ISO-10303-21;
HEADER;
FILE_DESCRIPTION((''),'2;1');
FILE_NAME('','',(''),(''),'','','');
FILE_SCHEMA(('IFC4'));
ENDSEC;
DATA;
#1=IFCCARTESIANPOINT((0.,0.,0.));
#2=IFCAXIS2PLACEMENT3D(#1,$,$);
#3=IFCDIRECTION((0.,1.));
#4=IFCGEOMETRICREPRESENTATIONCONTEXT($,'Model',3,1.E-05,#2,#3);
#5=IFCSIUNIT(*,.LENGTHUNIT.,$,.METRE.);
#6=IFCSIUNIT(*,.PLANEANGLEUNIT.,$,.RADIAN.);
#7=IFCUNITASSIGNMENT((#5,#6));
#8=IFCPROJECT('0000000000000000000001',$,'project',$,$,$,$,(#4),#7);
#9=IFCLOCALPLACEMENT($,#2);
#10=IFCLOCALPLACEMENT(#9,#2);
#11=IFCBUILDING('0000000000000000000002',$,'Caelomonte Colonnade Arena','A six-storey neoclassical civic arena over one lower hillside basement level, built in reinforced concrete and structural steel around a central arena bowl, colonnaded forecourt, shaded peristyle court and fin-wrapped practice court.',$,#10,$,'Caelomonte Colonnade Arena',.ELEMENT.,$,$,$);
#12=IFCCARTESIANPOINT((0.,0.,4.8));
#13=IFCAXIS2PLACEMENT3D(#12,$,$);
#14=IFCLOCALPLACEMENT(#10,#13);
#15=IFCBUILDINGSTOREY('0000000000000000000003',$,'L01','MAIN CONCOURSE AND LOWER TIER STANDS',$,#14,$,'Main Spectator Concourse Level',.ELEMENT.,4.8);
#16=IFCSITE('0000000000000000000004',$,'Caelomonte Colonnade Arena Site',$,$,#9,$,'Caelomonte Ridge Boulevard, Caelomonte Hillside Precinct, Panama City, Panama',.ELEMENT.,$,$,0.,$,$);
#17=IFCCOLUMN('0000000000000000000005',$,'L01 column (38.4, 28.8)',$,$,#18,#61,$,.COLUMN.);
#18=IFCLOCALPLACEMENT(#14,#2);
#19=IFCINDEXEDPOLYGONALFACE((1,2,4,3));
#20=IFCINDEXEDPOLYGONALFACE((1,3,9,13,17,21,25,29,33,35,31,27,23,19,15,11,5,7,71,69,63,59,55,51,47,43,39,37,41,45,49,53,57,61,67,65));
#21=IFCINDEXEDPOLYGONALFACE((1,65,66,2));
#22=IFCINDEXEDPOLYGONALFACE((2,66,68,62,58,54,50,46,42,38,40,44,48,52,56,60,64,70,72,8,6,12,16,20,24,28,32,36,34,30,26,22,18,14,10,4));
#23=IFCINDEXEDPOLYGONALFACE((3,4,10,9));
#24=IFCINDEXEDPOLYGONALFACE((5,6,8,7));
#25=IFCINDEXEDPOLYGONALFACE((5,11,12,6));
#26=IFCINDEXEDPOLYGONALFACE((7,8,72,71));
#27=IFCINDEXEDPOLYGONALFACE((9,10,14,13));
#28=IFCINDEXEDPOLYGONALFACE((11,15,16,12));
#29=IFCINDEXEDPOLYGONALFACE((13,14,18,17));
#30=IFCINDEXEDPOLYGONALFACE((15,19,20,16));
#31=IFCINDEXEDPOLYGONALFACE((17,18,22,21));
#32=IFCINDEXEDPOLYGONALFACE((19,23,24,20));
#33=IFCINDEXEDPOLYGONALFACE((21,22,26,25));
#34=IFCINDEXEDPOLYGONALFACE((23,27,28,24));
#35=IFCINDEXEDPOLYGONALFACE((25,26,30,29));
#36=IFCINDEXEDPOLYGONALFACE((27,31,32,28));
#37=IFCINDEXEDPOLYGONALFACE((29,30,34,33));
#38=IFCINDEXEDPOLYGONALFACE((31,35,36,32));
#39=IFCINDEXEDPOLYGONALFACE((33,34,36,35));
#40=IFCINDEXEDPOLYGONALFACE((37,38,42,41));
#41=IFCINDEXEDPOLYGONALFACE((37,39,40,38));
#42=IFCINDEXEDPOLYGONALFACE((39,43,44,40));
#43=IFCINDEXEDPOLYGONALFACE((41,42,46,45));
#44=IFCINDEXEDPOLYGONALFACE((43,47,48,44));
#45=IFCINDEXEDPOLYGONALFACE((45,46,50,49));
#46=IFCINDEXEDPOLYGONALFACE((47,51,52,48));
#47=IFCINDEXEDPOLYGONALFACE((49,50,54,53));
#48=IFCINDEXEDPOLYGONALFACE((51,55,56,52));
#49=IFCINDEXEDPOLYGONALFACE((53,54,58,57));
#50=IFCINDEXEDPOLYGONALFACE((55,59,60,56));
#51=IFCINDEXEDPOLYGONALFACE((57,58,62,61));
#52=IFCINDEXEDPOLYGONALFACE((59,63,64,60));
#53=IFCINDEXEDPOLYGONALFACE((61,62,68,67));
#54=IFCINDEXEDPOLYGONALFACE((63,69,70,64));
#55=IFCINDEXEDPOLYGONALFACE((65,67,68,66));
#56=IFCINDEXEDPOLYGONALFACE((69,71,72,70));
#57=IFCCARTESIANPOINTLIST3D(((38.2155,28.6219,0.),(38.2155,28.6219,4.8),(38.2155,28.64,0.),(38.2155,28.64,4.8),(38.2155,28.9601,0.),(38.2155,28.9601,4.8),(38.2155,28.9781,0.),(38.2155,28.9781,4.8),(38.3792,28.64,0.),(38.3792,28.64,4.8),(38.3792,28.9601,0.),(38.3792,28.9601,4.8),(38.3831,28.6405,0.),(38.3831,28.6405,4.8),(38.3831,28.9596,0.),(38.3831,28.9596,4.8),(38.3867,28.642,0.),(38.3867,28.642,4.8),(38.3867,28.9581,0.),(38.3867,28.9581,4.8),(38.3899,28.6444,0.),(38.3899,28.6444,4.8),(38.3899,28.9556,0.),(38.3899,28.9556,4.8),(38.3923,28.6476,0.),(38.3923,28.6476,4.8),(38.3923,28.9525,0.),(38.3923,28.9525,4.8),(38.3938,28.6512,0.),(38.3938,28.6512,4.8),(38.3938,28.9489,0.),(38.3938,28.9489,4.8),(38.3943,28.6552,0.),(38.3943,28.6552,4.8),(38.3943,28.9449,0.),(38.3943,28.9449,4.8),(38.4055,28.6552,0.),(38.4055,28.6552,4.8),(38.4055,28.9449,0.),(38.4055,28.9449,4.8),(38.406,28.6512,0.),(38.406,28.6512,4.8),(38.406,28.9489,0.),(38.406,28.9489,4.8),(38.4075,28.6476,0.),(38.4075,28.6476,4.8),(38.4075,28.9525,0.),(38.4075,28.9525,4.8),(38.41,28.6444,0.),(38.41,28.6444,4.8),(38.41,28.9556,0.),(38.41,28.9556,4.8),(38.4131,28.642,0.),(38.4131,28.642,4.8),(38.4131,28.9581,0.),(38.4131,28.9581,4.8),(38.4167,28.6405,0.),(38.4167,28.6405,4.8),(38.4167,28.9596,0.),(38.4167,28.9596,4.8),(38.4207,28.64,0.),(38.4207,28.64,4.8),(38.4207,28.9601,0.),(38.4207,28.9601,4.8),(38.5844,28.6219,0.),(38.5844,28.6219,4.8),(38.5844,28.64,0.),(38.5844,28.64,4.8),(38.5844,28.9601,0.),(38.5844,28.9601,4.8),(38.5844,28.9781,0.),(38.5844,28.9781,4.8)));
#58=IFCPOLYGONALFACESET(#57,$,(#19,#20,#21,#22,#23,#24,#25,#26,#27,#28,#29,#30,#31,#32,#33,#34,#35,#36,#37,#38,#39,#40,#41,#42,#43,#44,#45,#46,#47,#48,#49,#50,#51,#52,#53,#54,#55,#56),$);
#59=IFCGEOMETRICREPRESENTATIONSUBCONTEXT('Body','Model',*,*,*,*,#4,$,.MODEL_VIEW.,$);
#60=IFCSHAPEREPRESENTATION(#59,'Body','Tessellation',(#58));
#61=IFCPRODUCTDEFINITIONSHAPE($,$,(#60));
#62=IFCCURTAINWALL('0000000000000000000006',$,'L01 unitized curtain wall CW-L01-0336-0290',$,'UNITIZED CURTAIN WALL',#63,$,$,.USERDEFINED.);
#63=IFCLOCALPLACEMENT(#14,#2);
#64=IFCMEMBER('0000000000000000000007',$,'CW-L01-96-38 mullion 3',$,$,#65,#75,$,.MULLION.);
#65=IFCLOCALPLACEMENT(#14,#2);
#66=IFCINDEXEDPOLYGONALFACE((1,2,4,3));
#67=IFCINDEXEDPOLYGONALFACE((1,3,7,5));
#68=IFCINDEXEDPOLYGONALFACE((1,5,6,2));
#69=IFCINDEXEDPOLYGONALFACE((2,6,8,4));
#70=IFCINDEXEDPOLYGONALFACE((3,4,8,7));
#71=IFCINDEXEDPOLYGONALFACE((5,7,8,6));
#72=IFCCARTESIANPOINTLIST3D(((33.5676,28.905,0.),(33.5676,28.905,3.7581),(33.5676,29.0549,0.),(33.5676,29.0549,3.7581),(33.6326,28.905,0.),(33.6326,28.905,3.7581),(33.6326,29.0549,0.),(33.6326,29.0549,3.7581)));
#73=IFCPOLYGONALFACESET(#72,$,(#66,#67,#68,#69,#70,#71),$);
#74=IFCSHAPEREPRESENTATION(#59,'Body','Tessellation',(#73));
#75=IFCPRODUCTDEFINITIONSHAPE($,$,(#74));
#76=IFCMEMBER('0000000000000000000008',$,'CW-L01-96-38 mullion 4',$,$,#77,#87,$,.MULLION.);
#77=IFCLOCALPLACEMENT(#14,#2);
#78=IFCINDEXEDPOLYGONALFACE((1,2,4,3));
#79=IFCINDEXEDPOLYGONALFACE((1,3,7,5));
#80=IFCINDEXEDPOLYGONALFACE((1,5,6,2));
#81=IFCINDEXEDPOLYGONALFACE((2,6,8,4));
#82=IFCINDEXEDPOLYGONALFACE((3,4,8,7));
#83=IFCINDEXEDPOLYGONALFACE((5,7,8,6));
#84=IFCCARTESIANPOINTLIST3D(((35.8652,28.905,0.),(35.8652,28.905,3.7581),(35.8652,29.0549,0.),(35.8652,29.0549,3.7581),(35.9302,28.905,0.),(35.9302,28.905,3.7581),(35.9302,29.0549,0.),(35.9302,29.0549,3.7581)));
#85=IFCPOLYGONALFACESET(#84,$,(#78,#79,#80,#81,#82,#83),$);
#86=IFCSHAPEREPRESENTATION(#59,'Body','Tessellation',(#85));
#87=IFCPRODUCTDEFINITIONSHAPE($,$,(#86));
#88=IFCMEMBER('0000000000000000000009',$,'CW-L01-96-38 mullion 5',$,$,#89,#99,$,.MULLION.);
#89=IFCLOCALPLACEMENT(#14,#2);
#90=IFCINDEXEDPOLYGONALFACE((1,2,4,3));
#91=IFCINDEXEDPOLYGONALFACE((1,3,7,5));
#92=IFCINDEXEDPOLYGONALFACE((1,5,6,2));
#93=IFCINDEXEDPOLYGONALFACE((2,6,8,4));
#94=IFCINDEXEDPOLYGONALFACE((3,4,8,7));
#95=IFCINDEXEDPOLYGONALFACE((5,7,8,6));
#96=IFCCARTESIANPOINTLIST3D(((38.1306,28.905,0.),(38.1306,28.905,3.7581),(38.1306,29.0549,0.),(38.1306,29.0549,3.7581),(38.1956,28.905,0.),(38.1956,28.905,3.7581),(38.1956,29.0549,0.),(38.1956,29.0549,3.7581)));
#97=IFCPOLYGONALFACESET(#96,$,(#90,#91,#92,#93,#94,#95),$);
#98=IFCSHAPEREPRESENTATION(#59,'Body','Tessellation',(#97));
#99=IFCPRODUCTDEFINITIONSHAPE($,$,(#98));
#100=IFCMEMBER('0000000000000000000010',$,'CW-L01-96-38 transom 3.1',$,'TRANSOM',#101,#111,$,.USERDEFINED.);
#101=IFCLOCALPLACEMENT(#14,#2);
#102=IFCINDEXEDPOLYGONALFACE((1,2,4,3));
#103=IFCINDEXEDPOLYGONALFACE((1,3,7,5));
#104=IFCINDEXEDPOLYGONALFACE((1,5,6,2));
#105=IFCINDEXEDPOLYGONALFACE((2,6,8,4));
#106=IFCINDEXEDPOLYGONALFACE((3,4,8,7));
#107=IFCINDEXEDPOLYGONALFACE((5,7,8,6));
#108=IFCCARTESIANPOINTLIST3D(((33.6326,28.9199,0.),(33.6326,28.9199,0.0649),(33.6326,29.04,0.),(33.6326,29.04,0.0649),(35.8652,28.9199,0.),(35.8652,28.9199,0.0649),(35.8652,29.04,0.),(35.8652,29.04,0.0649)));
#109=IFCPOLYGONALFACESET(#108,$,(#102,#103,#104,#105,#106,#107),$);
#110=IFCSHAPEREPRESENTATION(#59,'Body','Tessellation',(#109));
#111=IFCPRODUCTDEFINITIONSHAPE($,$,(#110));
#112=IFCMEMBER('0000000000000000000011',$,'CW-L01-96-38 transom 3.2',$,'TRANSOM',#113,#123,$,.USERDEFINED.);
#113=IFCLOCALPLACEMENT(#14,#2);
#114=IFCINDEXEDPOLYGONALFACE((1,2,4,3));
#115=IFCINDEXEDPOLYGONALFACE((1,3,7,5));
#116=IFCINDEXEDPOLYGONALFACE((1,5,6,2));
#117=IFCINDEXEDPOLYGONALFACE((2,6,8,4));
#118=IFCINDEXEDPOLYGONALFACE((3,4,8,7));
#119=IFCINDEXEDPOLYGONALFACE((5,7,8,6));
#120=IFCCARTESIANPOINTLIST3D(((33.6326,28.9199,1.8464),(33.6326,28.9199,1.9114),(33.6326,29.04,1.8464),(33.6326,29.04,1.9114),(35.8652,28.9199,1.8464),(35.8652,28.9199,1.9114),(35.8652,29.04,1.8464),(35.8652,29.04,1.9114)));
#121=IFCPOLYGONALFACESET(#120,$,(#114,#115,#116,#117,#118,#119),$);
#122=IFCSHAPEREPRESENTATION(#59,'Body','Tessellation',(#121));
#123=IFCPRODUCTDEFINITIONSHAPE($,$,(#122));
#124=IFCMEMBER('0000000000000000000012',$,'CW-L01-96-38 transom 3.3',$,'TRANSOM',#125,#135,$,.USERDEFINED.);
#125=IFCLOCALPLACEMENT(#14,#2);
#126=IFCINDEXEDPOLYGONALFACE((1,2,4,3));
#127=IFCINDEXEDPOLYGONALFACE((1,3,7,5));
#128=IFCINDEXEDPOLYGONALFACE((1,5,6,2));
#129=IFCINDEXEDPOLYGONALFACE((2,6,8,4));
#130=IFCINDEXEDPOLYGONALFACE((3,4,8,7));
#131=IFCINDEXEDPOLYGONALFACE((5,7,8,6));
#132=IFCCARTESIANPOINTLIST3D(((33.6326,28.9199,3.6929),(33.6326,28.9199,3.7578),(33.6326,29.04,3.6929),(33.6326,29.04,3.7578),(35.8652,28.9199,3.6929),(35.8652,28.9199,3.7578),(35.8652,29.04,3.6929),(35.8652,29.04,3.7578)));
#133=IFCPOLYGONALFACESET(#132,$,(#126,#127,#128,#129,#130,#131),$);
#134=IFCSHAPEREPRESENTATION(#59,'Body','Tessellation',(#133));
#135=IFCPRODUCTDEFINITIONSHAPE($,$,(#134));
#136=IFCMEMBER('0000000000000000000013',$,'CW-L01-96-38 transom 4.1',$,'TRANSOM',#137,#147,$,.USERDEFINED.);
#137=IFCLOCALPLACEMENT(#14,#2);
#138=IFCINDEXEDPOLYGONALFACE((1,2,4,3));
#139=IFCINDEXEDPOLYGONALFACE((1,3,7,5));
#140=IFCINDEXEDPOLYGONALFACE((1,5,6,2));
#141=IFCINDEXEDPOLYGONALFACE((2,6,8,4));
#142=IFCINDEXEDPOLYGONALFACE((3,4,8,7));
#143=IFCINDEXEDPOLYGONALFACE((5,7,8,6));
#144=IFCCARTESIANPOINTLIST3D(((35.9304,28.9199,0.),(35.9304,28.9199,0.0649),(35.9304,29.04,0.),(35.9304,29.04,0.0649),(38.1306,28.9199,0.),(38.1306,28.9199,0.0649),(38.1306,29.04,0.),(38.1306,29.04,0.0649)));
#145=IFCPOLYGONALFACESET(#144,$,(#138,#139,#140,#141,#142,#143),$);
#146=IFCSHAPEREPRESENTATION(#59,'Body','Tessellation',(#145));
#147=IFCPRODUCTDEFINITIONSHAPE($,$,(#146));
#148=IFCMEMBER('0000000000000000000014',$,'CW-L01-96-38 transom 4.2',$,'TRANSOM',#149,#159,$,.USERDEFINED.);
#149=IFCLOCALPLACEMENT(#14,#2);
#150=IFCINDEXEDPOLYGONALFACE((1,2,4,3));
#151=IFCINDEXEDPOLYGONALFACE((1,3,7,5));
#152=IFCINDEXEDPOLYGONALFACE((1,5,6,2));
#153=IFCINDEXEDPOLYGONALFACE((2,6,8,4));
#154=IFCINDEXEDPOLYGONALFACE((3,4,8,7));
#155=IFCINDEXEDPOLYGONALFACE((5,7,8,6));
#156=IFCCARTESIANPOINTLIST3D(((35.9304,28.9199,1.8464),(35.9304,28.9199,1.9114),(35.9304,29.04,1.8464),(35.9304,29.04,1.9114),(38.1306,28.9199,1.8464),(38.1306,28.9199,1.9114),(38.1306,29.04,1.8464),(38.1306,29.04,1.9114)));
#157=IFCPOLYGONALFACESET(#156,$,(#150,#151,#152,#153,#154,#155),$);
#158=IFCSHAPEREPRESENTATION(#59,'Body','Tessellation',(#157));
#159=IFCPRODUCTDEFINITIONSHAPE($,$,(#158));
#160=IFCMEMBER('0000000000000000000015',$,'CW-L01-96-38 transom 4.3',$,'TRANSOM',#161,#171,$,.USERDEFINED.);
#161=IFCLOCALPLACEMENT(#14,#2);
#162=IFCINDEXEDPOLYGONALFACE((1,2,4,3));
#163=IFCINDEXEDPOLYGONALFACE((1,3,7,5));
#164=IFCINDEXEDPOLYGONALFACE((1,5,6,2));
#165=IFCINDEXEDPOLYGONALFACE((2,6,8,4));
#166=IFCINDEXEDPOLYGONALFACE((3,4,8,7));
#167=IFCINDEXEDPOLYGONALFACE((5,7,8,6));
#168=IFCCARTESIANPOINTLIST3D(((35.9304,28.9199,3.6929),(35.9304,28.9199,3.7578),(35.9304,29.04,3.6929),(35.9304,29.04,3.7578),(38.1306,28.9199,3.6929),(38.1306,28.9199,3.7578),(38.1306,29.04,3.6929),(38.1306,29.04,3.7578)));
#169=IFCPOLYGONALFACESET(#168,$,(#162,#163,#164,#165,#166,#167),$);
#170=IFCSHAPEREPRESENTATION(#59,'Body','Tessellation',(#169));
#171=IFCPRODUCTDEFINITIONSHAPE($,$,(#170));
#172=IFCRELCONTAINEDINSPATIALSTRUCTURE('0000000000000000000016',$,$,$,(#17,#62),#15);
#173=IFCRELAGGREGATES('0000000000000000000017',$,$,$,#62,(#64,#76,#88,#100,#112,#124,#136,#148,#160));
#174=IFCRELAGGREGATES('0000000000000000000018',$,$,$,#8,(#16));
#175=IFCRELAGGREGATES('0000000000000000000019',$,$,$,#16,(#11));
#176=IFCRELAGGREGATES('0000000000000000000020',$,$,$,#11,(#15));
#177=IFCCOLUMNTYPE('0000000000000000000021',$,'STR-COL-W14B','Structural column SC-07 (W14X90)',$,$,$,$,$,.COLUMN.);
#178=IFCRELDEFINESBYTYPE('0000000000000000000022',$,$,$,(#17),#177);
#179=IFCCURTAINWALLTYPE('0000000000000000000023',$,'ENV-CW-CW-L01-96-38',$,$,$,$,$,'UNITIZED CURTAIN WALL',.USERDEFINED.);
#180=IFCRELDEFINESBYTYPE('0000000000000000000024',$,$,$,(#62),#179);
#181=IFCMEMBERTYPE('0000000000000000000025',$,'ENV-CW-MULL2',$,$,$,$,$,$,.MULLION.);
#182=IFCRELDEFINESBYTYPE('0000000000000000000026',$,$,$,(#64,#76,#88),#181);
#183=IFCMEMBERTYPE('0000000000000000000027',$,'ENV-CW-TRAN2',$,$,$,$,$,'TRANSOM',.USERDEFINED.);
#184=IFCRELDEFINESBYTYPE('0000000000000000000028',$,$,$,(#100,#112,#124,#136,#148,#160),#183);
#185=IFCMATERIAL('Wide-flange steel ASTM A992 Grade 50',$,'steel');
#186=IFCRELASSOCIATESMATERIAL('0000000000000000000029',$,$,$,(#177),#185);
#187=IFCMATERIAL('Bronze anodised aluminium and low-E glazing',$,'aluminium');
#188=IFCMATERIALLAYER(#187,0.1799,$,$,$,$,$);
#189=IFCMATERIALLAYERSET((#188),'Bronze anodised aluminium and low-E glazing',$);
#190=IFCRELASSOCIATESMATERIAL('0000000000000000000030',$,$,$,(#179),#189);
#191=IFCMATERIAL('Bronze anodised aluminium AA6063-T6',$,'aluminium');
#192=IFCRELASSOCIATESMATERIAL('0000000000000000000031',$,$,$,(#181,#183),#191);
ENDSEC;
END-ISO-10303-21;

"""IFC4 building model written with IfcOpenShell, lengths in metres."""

from ifc_helpers import new_model, si_unit, direction, frame, origin, origin_2d, place, context, subcontext, project, spatial, rectangle, i_section, extrude, material, layer, layer_set, material_profile, profile_set, type_object, element, aggregate, save


model = new_model("IFC4")

# Units and contexts
model_context = context("Model", 3, precision=1e-05, world=origin(), true_north=direction((0.0, 1.0)))
body_context = subcontext(model_context, "Body", "Model", "MODEL_VIEW")
ifc_project = project(units=[si_unit("LENGTHUNIT", "METRE"), si_unit("PLANEANGLEUNIT", "RADIAN")], contexts=[model_context])

# Site, building, storey
site_placement = place(None, origin())
site = spatial("IfcSite", under=ifc_project, at=site_placement, Name="Caelomonte Colonnade Arena Site", LongName="Caelomonte Ridge Boulevard, Caelomonte Hillside Precinct, Panama City, Panama", CompositionType="ELEMENT", RefElevation=0.0)
building_placement = place(site_placement, origin())
building = spatial("IfcBuilding", under=site, at=building_placement, Name="Caelomonte Colonnade Arena", Description="A six-storey neoclassical civic arena over one lower hillside basement level, built in reinforced concrete and structural steel around a central arena bowl, colonnaded forecourt, shaded peristyle court and fin-wrapped practice court.", LongName="Caelomonte Colonnade Arena", CompositionType="ELEMENT")
storey_placement = place(building_placement, frame((0.0, 0.0, 4.8)))
storey = spatial("IfcBuildingStorey", under=building, at=storey_placement, Name="L01", Description="MAIN CONCOURSE AND LOWER TIER STANDS", LongName="Main Spectator Concourse Level", CompositionType="ELEMENT", Elevation=4.8)

# Column
ifc_material_1 = material(Name="Wide-flange steel ASTM A992 Grade 50", Category="steel")
ifc_material_profile_1 = material_profile(ifc_material_1, i_section(OverallWidth=0.3689, OverallDepth=0.3562, WebThickness=0.0112, FlangeThickness=0.0181, FilletRadius=0.0151, at=origin_2d()), Name="W14X90")
ifc_profile_set_1 = profile_set([ifc_material_profile_1], Name="Wide-flange steel ASTM A992 Grade 50")
column_type = type_object("IfcColumnType", Name="STR-COL-W14B", Description="Structural column SC-07 (W14X90)", PredefinedType="COLUMN", material=ifc_profile_set_1)
column_placement = place(storey_placement, frame((38.3999, 28.8, 0.0), z_axis=(0.0, 0.0, 1.0), x_axis=(1.0, 0.0, 0.0)))
element("IfcColumn", 1, at=column_placement, inside=storey, type_object=column_type, Name="L01 column (38.4, 28.8)", PredefinedType="COLUMN", context=body_context, shape_type="SweptSolid", body=[
    extrude(i_section(OverallWidth=0.3689, OverallDepth=0.3562, WebThickness=0.0112, FlangeThickness=0.0181, FilletRadius=0.0151, at=origin_2d()), origin(), (0.0, 0.0, 1.0), 4.8),
])

# Curtain wall, members
ifc_material_2 = material(Name="Bronze anodised aluminium and low-E glazing", Category="aluminium")
ifc_layer_1 = layer(ifc_material_2, 0.1799)
ifc_layer_set_1 = layer_set([ifc_layer_1], Name="Bronze anodised aluminium and low-E glazing")
curtain_wall_type = type_object("IfcCurtainWallType", Name="ENV-CW-CW-L01-96-38", ElementType="UNITIZED CURTAIN WALL", PredefinedType="USERDEFINED", material=ifc_layer_set_1)
curtain_wall_placement = place(storey_placement, origin())
curtain_wall = element("IfcCurtainWall", 2, at=curtain_wall_placement, inside=storey, type_object=curtain_wall_type, Name="L01 unitized curtain wall CW-L01-0336-0290", ObjectType="UNITIZED CURTAIN WALL", PredefinedType="USERDEFINED")
ifc_material_3 = material(Name="Bronze anodised aluminium AA6063-T6", Category="aluminium")
ifc_material_profile_2 = material_profile(ifc_material_3, rectangle(XDim=0.0649, YDim=0.1499, at=origin_2d()), Name="CWM-65X150")
ifc_profile_set_2 = profile_set([ifc_material_profile_2], Name="Bronze anodised aluminium AA6063-T6")
member_type_1 = type_object("IfcMemberType", Name="ENV-CW-MULL2", PredefinedType="MULLION", material=ifc_profile_set_2)
member_1_placement = place(storey_placement, frame((33.6001, 28.98, 0.0), z_axis=(0.0, 0.0, 1.0), x_axis=(1.0, 0.0, 0.0)))
member_1 = element("IfcMember", 3, at=member_1_placement, type_object=member_type_1, Name="CW-L01-96-38 mullion 3", PredefinedType="MULLION", context=body_context, shape_type="SweptSolid", body=[
    extrude(rectangle(XDim=0.0649, YDim=0.1499, at=origin_2d()), origin(), (0.0, 0.0, 1.0), 3.7581),
])
member_2_placement = place(storey_placement, frame((35.8977, 28.98, 0.0), z_axis=(0.0, 0.0, 1.0), x_axis=(1.0, 0.0, 0.0)))
member_2 = element("IfcMember", 4, at=member_2_placement, type_object=member_type_1, Name="CW-L01-96-38 mullion 4", PredefinedType="MULLION", context=body_context, shape_type="SweptSolid", body=[
    extrude(rectangle(XDim=0.0649, YDim=0.1499, at=origin_2d()), origin(), (0.0, 0.0, 1.0), 3.7581),
])
member_3_placement = place(storey_placement, frame((38.1631, 28.98, 0.0), z_axis=(0.0, 0.0, 1.0), x_axis=(1.0, 0.0, 0.0)))
member_3 = element("IfcMember", 5, at=member_3_placement, type_object=member_type_1, Name="CW-L01-96-38 mullion 5", PredefinedType="MULLION", context=body_context, shape_type="SweptSolid", body=[
    extrude(rectangle(XDim=0.0649, YDim=0.1499, at=origin_2d()), origin(), (0.0, 0.0, 1.0), 3.7581),
])
ifc_material_profile_3 = material_profile(ifc_material_3, rectangle(XDim=0.0649, YDim=0.1201, at=origin_2d()), Name="CWT-65X120")
ifc_profile_set_3 = profile_set([ifc_material_profile_3], Name="Bronze anodised aluminium AA6063-T6")
member_type_2 = type_object("IfcMemberType", Name="ENV-CW-TRAN2", ElementType="TRANSOM", PredefinedType="USERDEFINED", material=ifc_profile_set_3)
member_4_placement = place(storey_placement, frame((33.6326, 28.98, 0.0325), z_axis=(1.0, 0.0, 0.0), x_axis=(0.0, 0.0, 1.0)))
member_4 = element("IfcMember", 6, at=member_4_placement, type_object=member_type_2, Name="CW-L01-96-38 transom 3.1", ObjectType="TRANSOM", PredefinedType="USERDEFINED", context=body_context, shape_type="SweptSolid", body=[
    extrude(rectangle(XDim=0.0649, YDim=0.1201, at=origin_2d()), origin(), (0.0, 0.0, 1.0), 2.2327),
])
member_5_placement = place(storey_placement, frame((33.6326, 28.98, 1.8789), z_axis=(1.0, 0.0, 0.0), x_axis=(0.0, 0.0, 1.0)))
member_5 = element("IfcMember", 7, at=member_5_placement, type_object=member_type_2, Name="CW-L01-96-38 transom 3.2", ObjectType="TRANSOM", PredefinedType="USERDEFINED", context=body_context, shape_type="SweptSolid", body=[
    extrude(rectangle(XDim=0.0649, YDim=0.1201, at=origin_2d()), origin(), (0.0, 0.0, 1.0), 2.2327),
])
member_6_placement = place(storey_placement, frame((33.6326, 28.98, 3.7253), z_axis=(1.0, 0.0, 0.0), x_axis=(0.0, 0.0, 1.0)))
member_6 = element("IfcMember", 8, at=member_6_placement, type_object=member_type_2, Name="CW-L01-96-38 transom 3.3", ObjectType="TRANSOM", PredefinedType="USERDEFINED", context=body_context, shape_type="SweptSolid", body=[
    extrude(rectangle(XDim=0.0649, YDim=0.1201, at=origin_2d()), origin(), (0.0, 0.0, 1.0), 2.2327),
])
member_7_placement = place(storey_placement, frame((35.9304, 28.98, 0.0325), z_axis=(1.0, 0.0, 0.0), x_axis=(0.0, 0.0, 1.0)))
member_7 = element("IfcMember", 9, at=member_7_placement, type_object=member_type_2, Name="CW-L01-96-38 transom 4.1", ObjectType="TRANSOM", PredefinedType="USERDEFINED", context=body_context, shape_type="SweptSolid", body=[
    extrude(rectangle(XDim=0.0649, YDim=0.1201, at=origin_2d()), origin(), (0.0, 0.0, 1.0), 2.2002),
])
member_8_placement = place(storey_placement, frame((35.9304, 28.98, 1.8789), z_axis=(1.0, 0.0, 0.0), x_axis=(0.0, 0.0, 1.0)))
member_8 = element("IfcMember", 10, at=member_8_placement, type_object=member_type_2, Name="CW-L01-96-38 transom 4.2", ObjectType="TRANSOM", PredefinedType="USERDEFINED", context=body_context, shape_type="SweptSolid", body=[
    extrude(rectangle(XDim=0.0649, YDim=0.1201, at=origin_2d()), origin(), (0.0, 0.0, 1.0), 2.2002),
])
member_9_placement = place(storey_placement, frame((35.9304, 28.98, 3.7253), z_axis=(1.0, 0.0, 0.0), x_axis=(0.0, 0.0, 1.0)))
member_9 = element("IfcMember", 11, at=member_9_placement, type_object=member_type_2, Name="CW-L01-96-38 transom 4.3", ObjectType="TRANSOM", PredefinedType="USERDEFINED", context=body_context, shape_type="SweptSolid", body=[
    extrude(rectangle(XDim=0.0649, YDim=0.1201, at=origin_2d()), origin(), (0.0, 0.0, 1.0), 2.2002),
])

aggregate(curtain_wall, [member_1, member_2, member_3, member_4, member_5, member_6, member_7, member_8, member_9])

save(model, "model.ifc")
